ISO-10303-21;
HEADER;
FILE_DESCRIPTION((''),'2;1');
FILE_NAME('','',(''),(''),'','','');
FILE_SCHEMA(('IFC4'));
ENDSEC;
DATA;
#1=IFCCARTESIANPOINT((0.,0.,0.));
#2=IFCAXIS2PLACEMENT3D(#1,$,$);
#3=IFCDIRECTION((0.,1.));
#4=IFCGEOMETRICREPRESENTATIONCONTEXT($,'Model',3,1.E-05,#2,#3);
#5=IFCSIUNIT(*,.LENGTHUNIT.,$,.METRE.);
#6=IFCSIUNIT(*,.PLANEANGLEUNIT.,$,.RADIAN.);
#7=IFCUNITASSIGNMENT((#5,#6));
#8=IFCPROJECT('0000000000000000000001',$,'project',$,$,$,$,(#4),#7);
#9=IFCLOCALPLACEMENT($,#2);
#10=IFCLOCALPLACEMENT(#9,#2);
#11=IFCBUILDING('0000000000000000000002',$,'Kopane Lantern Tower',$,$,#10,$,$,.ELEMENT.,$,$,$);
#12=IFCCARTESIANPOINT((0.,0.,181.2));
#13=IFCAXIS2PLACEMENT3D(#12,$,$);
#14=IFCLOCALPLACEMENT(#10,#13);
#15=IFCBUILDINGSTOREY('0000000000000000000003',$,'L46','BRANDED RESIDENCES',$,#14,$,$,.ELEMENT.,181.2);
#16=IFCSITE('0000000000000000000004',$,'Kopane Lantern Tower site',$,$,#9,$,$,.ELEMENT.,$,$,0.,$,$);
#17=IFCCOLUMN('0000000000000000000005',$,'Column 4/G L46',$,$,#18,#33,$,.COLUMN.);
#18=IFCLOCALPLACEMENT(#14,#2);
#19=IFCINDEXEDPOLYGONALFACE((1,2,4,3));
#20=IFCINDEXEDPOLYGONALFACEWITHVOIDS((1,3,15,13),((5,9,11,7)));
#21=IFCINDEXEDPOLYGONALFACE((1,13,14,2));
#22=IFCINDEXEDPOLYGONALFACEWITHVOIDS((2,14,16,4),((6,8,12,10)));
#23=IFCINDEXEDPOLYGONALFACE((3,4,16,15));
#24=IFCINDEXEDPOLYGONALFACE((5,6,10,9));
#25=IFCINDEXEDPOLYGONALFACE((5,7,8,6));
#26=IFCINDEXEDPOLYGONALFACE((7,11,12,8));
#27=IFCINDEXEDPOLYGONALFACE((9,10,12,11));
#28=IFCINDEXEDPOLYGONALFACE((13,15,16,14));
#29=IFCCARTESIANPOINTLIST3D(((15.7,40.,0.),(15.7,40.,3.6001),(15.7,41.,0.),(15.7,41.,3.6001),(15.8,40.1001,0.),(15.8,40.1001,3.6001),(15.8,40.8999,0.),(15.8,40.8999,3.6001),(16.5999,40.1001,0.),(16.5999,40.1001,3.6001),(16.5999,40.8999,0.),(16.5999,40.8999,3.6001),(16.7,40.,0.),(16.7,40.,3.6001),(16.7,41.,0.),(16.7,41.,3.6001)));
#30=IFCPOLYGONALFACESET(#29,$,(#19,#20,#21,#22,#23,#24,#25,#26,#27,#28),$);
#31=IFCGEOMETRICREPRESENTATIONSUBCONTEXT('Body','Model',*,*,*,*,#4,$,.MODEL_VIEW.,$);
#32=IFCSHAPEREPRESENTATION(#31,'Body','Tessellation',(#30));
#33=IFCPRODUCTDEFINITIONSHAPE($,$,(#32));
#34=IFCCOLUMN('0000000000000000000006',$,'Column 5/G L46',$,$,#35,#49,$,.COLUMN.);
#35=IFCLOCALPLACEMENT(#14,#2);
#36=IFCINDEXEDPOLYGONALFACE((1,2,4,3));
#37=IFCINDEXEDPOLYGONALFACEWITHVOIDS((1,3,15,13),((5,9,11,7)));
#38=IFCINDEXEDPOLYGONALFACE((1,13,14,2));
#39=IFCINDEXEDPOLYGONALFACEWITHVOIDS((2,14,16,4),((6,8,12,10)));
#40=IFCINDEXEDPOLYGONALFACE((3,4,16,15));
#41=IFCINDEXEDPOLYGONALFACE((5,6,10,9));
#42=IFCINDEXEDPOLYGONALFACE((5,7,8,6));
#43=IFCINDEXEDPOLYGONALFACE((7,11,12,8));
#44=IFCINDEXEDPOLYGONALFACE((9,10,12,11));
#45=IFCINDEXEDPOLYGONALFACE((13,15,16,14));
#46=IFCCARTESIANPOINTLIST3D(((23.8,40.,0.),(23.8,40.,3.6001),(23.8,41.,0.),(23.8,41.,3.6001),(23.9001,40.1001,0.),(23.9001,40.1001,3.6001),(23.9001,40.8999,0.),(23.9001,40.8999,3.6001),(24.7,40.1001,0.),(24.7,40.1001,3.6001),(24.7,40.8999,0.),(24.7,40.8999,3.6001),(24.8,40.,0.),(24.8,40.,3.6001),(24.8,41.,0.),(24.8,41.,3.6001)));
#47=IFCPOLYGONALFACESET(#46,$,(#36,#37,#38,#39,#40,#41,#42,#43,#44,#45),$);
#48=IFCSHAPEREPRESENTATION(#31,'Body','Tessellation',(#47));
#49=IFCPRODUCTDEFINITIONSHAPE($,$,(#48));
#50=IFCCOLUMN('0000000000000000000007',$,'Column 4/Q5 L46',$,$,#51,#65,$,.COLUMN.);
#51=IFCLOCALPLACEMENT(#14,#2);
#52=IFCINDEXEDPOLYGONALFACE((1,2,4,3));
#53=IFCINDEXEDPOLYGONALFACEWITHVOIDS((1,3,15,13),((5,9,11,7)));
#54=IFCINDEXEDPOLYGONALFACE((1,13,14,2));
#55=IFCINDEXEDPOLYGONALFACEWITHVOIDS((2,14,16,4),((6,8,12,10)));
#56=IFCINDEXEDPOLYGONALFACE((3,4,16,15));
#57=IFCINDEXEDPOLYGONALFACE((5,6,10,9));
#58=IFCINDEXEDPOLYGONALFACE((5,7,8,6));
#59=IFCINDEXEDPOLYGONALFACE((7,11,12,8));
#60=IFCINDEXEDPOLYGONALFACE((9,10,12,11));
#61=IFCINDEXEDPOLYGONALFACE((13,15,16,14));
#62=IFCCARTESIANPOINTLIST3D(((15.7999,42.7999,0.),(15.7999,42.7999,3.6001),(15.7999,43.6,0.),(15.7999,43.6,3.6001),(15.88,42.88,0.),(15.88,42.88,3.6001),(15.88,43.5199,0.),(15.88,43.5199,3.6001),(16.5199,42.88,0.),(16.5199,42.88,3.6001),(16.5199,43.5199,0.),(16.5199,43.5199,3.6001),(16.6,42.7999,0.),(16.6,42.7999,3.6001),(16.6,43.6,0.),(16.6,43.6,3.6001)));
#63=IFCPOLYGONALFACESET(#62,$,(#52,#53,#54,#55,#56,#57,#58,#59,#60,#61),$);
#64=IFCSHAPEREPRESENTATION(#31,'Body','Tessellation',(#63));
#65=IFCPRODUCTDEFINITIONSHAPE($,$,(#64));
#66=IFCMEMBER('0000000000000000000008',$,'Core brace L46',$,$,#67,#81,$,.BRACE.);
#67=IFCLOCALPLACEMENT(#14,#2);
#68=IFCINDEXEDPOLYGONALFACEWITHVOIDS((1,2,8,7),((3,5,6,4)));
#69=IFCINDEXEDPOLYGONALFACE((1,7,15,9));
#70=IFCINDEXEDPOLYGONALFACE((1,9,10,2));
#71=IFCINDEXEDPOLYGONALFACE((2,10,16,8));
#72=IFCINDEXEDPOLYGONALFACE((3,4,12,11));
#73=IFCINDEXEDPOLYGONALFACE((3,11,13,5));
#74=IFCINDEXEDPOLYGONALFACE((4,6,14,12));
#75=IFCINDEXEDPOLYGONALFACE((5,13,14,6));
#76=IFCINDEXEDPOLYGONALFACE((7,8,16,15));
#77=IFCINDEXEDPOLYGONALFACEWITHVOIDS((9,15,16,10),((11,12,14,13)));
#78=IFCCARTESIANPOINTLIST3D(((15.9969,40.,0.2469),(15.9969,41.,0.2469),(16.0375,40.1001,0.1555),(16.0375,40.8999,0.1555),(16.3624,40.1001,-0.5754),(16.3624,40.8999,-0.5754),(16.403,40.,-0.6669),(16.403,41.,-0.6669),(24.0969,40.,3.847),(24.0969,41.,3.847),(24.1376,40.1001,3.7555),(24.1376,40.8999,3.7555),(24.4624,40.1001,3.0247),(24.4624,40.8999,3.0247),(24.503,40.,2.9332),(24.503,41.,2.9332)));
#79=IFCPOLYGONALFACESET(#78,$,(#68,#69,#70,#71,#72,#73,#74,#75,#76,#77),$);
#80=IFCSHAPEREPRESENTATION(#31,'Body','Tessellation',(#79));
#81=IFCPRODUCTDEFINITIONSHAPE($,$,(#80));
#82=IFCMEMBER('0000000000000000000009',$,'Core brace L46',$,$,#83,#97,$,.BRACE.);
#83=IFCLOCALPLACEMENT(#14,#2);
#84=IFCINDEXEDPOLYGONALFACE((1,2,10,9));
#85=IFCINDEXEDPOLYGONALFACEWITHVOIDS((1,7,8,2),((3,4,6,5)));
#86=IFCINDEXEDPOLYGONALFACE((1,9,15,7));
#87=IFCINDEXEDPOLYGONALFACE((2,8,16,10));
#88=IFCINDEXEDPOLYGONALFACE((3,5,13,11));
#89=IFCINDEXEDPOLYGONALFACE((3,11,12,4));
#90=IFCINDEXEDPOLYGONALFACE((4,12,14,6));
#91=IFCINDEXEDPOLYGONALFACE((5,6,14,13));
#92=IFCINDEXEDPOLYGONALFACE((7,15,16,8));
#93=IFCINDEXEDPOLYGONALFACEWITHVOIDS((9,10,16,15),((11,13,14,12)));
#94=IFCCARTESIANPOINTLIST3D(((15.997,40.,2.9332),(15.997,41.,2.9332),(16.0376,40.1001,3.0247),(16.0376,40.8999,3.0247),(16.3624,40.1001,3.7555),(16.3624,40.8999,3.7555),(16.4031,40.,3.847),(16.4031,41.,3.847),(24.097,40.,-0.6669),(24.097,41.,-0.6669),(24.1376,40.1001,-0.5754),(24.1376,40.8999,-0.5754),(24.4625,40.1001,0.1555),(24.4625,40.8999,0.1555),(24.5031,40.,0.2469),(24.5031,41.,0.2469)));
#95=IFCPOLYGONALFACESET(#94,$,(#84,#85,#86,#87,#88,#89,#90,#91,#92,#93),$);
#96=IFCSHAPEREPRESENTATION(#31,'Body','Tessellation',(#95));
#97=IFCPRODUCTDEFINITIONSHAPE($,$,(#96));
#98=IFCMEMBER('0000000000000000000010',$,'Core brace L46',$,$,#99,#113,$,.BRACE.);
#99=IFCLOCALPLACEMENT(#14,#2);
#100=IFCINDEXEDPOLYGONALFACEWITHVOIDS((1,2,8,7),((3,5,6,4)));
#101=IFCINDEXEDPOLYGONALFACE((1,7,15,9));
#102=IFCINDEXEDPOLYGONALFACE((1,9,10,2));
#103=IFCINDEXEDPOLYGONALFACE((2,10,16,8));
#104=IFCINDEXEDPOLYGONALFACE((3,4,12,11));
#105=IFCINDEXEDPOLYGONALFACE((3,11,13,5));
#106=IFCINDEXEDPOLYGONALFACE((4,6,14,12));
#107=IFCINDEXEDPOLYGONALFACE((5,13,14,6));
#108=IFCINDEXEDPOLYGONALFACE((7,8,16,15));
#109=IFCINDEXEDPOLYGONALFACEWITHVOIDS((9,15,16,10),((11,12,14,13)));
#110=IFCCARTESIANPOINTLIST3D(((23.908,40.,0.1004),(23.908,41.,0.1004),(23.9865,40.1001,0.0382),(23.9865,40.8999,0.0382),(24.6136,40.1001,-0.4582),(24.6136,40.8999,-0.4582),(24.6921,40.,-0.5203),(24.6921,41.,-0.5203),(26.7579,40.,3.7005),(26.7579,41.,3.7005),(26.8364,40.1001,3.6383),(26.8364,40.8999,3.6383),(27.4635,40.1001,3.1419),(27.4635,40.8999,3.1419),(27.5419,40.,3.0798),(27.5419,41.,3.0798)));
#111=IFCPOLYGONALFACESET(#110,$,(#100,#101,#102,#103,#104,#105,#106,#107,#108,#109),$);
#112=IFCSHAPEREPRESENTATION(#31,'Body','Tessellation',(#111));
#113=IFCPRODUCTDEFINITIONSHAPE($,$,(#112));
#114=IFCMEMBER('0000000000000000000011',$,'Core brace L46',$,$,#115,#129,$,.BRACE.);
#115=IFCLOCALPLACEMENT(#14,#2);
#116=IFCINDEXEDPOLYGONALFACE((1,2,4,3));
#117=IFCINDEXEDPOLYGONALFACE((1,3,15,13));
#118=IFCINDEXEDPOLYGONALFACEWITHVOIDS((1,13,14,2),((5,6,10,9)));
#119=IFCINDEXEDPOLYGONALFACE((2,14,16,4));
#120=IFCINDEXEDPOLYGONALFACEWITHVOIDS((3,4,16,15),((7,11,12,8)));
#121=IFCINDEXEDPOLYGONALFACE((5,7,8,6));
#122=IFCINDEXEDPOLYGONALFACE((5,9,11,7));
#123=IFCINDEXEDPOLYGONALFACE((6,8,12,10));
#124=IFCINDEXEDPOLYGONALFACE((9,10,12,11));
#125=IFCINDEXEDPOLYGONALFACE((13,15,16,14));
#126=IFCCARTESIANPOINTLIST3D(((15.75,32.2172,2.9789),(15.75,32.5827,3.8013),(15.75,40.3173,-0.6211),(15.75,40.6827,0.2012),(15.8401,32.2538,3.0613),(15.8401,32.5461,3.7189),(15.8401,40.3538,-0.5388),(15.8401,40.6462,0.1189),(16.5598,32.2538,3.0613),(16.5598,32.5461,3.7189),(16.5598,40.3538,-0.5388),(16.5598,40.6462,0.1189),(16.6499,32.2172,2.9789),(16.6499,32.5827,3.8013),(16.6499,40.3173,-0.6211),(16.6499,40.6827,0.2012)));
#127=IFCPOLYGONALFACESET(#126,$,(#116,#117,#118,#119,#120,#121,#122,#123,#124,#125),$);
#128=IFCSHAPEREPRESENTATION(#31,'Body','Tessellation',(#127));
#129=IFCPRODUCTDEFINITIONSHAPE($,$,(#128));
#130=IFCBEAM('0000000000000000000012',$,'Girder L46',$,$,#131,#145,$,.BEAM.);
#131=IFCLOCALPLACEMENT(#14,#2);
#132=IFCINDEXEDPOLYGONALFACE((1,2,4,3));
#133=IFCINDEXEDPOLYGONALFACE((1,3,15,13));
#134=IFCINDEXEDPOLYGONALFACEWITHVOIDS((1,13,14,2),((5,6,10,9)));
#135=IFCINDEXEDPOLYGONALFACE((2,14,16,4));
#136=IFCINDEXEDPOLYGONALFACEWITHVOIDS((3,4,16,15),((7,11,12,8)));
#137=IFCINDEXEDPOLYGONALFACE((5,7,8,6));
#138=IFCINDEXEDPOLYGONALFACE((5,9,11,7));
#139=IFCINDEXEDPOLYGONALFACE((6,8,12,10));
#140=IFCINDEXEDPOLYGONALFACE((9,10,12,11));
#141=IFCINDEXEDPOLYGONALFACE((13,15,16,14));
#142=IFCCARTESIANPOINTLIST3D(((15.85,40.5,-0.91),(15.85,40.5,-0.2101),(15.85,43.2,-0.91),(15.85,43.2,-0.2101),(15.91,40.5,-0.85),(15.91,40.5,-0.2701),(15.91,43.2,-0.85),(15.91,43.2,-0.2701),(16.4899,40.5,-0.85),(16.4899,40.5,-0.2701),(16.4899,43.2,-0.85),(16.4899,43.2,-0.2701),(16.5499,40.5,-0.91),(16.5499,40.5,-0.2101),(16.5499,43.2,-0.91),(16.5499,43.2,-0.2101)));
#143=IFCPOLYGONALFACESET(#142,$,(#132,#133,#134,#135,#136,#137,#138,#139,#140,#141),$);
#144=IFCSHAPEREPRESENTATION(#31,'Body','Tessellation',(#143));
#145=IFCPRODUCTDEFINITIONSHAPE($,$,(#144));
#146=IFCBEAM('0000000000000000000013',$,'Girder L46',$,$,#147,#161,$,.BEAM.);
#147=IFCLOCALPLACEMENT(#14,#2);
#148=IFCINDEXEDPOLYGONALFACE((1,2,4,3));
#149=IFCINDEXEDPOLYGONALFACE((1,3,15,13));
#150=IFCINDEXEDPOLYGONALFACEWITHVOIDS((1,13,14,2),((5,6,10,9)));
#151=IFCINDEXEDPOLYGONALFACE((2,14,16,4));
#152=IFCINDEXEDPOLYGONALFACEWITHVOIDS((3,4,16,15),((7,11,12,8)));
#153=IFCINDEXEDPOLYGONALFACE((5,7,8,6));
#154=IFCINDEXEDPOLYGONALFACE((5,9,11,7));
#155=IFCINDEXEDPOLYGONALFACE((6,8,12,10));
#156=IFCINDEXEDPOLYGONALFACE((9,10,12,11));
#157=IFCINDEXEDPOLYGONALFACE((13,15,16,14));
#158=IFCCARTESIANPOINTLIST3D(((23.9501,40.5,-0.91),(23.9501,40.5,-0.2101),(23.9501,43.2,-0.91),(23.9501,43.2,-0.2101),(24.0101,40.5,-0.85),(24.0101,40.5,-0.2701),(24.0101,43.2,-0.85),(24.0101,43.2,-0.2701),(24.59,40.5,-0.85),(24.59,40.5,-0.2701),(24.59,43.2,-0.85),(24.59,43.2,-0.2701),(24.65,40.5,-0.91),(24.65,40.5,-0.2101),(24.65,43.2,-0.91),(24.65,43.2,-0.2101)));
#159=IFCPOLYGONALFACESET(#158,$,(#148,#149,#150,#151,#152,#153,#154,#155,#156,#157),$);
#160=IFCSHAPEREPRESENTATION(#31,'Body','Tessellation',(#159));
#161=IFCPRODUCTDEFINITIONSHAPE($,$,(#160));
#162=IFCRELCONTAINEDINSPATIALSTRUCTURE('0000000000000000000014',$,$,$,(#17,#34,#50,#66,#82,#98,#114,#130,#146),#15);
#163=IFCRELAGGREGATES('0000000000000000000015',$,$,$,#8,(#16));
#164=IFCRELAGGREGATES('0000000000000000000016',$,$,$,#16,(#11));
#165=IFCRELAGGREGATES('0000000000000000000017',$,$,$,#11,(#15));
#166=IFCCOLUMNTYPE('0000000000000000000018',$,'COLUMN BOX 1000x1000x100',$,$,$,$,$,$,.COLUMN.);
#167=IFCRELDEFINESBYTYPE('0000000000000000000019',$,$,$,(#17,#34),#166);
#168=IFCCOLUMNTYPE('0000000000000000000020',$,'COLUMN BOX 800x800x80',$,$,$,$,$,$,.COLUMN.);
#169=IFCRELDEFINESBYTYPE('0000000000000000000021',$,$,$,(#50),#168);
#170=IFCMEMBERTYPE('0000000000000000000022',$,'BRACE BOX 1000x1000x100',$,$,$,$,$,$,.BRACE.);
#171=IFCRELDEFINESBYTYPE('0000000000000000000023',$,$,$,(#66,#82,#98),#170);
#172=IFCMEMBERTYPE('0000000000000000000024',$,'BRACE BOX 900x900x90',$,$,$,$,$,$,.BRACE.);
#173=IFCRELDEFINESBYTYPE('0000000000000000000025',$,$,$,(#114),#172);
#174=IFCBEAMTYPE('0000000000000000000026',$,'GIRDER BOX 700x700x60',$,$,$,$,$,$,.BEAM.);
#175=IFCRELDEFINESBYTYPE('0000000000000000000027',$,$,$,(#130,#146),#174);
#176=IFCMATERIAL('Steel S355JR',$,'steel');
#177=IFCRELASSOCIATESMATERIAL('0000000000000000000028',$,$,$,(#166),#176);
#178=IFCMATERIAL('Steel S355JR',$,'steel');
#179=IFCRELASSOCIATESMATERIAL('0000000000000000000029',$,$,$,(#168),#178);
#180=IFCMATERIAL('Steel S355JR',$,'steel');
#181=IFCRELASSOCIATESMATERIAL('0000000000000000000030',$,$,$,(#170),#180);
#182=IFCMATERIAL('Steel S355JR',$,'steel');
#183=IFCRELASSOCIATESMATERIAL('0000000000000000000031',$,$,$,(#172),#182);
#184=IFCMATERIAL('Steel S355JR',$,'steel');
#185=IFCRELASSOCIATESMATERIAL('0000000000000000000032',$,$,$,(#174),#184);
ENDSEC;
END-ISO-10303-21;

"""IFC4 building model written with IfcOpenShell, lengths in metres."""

from ifc_helpers import new_model, si_unit, direction, frame, origin, origin_2d, place, context, subcontext, project, spatial, hollow_rectangle, extrude, material, material_profile, profile_set, type_object, element, save


model = new_model("IFC4")

# Units and contexts
model_context = context("Model", 3, precision=1e-05, world=origin(), true_north=direction((0.0, 1.0)))
body_context = subcontext(model_context, "Body", "Model", "MODEL_VIEW")
ifc_project = project(units=[si_unit("LENGTHUNIT", "METRE"), si_unit("PLANEANGLEUNIT", "RADIAN")], contexts=[model_context])

# Site, building, storey
site_placement = place(None, origin())
site = spatial("IfcSite", under=ifc_project, at=site_placement, Name="Kopane Lantern Tower site", CompositionType="ELEMENT", RefElevation=0.0)
building_placement = place(site_placement, origin())
building = spatial("IfcBuilding", under=site, at=building_placement, Name="Kopane Lantern Tower", CompositionType="ELEMENT")
storey_placement = place(building_placement, frame((0.0, 0.0, 181.2)))
storey = spatial("IfcBuildingStorey", under=building, at=storey_placement, Name="L46", Description="BRANDED RESIDENCES", CompositionType="ELEMENT", Elevation=181.2)

# Columns
ifc_material_1 = material(Name="Steel S355JR", Category="steel")
ifc_material_profile_1 = material_profile(ifc_material_1, hollow_rectangle(XDim=1.0, YDim=1.0, WallThickness=0.1001, at=origin_2d()), Name="BOX 1000x1000x100")
ifc_profile_set_1 = profile_set([ifc_material_profile_1], Name="Steel S355JR")
column_type_1 = type_object("IfcColumnType", Name="COLUMN BOX 1000x1000x100", PredefinedType="COLUMN", material=ifc_profile_set_1)
for number, where, z_axis, x_axis, name in (
    (1, (16.2, 40.5, 0.0), (0.0, 0.0, 1.0), (1.0, 0.0, 0.0), "Column 4/G L46"),
    (2, (24.3, 40.5, 0.0), (0.0, 0.0, 1.0), (1.0, 0.0, 0.0), "Column 5/G L46"),
):
    element("IfcColumn", number, at=place(storey_placement, frame(where, z_axis=z_axis, x_axis=x_axis)), inside=storey, type_object=column_type_1, Name=name, PredefinedType="COLUMN", context=body_context, shape_type="SweptSolid", body=[
        extrude(hollow_rectangle(XDim=1.0, YDim=1.0, WallThickness=0.1001, at=origin_2d()), origin(), (0.0, 0.0, 1.0), 3.6001),
    ])
ifc_material_2 = material(Name="Steel S355JR", Category="steel")
ifc_material_profile_2 = material_profile(ifc_material_2, hollow_rectangle(XDim=0.8, YDim=0.8, WallThickness=0.0801, at=origin_2d()), Name="BOX 800x800x80")
ifc_profile_set_2 = profile_set([ifc_material_profile_2], Name="Steel S355JR")
column_type_2 = type_object("IfcColumnType", Name="COLUMN BOX 800x800x80", PredefinedType="COLUMN", material=ifc_profile_set_2)
column_placement = place(storey_placement, frame((16.2, 43.2, 0.0), z_axis=(0.0, 0.0, 1.0), x_axis=(1.0, 0.0, 0.0)))
element("IfcColumn", 3, at=column_placement, inside=storey, type_object=column_type_2, Name="Column 4/Q5 L46", PredefinedType="COLUMN", context=body_context, shape_type="SweptSolid", body=[
    extrude(hollow_rectangle(XDim=0.8, YDim=0.8, WallThickness=0.0801, at=origin_2d()), origin(), (0.0, 0.0, 1.0), 3.6001),
])

# Members
ifc_material_3 = material(Name="Steel S355JR", Category="steel")
ifc_material_profile_3 = material_profile(ifc_material_3, hollow_rectangle(XDim=1.0, YDim=1.0, WallThickness=0.1001, at=origin_2d()), Name="BOX 1000x1000x100")
ifc_profile_set_3 = profile_set([ifc_material_profile_3], Name="Steel S355JR")
member_type_1 = type_object("IfcMemberType", Name="BRACE BOX 1000x1000x100", PredefinedType="BRACE", material=ifc_profile_set_3)
for number, where, z_axis, x_axis, name in (
    (4, (16.2, 40.5, -0.21), (0.913809, 0.0, 0.406144), (0.0, 1.0, 0.0), "Core brace L46"),
    (5, (24.3, 40.5, -0.21), (-0.913809, 0.0, 0.406144), (0.0, -1.0, 0.0), "Core brace L46"),
):
    element("IfcMember", number, at=place(storey_placement, frame(where, z_axis=z_axis, x_axis=x_axis)), inside=storey, type_object=member_type_1, Name=name, PredefinedType="BRACE", context=body_context, shape_type="SweptSolid", body=[
        extrude(hollow_rectangle(XDim=1.0, YDim=1.0, WallThickness=0.1001, at=origin_2d()), origin(), (0.0, 0.0, 1.0), 8.864),
    ])
member_1_placement = place(storey_placement, frame((24.3, 40.5, -0.21), z_axis=(0.620673, 0.0, 0.78407), x_axis=(0.0, 1.0, 0.0)))
element("IfcMember", 6, at=member_1_placement, inside=storey, type_object=member_type_1, Name="Core brace L46", PredefinedType="BRACE", context=body_context, shape_type="SweptSolid", body=[
    extrude(hollow_rectangle(XDim=1.0, YDim=1.0, WallThickness=0.1001, at=origin_2d()), origin(), (0.0, 0.0, 1.0), 4.5916),
])
ifc_material_4 = material(Name="Steel S355JR", Category="steel")
ifc_material_profile_4 = material_profile(ifc_material_4, hollow_rectangle(XDim=0.8999, YDim=0.8999, WallThickness=0.0901, at=origin_2d()), Name="BOX 900x900x90")
ifc_profile_set_4 = profile_set([ifc_material_profile_4], Name="Steel S355JR")
member_type_2 = type_object("IfcMemberType", Name="BRACE BOX 900x900x90", PredefinedType="BRACE", material=ifc_profile_set_4)
member_2_placement = place(storey_placement, frame((16.2, 40.5, -0.21), z_axis=(0.0, -0.913809, 0.406144), x_axis=(1.0, 0.0, 0.0)))
element("IfcMember", 7, at=member_2_placement, inside=storey, type_object=member_type_2, Name="Core brace L46", PredefinedType="BRACE", context=body_context, shape_type="SweptSolid", body=[
    extrude(hollow_rectangle(XDim=0.8999, YDim=0.8999, WallThickness=0.0901, at=origin_2d()), origin(), (0.0, 0.0, 1.0), 8.864),
])

# Beams
ifc_material_5 = material(Name="Steel S355JR", Category="steel")
ifc_material_profile_5 = material_profile(ifc_material_5, hollow_rectangle(XDim=0.7, YDim=0.7, WallThickness=0.0601, at=origin_2d()), Name="BOX 700x700x60")
ifc_profile_set_5 = profile_set([ifc_material_profile_5], Name="Steel S355JR")
beam_type_1 = type_object("IfcBeamType", Name="GIRDER BOX 700x700x60", PredefinedType="BEAM", material=ifc_profile_set_5)
for number, where, z_axis, x_axis, name in (
    (8, (16.2, 40.5, -0.5601), (0.0, 1.0, 0.0), (-1.0, 0.0, 0.0), "Girder L46"),
    (9, (24.3, 40.5, -0.5601), (0.0, 1.0, 0.0), (-1.0, 0.0, 0.0), "Girder L46"),
):
    element("IfcBeam", number, at=place(storey_placement, frame(where, z_axis=z_axis, x_axis=x_axis)), inside=storey, type_object=beam_type_1, Name=name, PredefinedType="BEAM", context=body_context, shape_type="SweptSolid", body=[
        extrude(hollow_rectangle(XDim=0.7, YDim=0.7, WallThickness=0.0601, at=origin_2d()), origin(), (0.0, 0.0, 1.0), 2.7),
    ])

save(model, "model.ifc")
